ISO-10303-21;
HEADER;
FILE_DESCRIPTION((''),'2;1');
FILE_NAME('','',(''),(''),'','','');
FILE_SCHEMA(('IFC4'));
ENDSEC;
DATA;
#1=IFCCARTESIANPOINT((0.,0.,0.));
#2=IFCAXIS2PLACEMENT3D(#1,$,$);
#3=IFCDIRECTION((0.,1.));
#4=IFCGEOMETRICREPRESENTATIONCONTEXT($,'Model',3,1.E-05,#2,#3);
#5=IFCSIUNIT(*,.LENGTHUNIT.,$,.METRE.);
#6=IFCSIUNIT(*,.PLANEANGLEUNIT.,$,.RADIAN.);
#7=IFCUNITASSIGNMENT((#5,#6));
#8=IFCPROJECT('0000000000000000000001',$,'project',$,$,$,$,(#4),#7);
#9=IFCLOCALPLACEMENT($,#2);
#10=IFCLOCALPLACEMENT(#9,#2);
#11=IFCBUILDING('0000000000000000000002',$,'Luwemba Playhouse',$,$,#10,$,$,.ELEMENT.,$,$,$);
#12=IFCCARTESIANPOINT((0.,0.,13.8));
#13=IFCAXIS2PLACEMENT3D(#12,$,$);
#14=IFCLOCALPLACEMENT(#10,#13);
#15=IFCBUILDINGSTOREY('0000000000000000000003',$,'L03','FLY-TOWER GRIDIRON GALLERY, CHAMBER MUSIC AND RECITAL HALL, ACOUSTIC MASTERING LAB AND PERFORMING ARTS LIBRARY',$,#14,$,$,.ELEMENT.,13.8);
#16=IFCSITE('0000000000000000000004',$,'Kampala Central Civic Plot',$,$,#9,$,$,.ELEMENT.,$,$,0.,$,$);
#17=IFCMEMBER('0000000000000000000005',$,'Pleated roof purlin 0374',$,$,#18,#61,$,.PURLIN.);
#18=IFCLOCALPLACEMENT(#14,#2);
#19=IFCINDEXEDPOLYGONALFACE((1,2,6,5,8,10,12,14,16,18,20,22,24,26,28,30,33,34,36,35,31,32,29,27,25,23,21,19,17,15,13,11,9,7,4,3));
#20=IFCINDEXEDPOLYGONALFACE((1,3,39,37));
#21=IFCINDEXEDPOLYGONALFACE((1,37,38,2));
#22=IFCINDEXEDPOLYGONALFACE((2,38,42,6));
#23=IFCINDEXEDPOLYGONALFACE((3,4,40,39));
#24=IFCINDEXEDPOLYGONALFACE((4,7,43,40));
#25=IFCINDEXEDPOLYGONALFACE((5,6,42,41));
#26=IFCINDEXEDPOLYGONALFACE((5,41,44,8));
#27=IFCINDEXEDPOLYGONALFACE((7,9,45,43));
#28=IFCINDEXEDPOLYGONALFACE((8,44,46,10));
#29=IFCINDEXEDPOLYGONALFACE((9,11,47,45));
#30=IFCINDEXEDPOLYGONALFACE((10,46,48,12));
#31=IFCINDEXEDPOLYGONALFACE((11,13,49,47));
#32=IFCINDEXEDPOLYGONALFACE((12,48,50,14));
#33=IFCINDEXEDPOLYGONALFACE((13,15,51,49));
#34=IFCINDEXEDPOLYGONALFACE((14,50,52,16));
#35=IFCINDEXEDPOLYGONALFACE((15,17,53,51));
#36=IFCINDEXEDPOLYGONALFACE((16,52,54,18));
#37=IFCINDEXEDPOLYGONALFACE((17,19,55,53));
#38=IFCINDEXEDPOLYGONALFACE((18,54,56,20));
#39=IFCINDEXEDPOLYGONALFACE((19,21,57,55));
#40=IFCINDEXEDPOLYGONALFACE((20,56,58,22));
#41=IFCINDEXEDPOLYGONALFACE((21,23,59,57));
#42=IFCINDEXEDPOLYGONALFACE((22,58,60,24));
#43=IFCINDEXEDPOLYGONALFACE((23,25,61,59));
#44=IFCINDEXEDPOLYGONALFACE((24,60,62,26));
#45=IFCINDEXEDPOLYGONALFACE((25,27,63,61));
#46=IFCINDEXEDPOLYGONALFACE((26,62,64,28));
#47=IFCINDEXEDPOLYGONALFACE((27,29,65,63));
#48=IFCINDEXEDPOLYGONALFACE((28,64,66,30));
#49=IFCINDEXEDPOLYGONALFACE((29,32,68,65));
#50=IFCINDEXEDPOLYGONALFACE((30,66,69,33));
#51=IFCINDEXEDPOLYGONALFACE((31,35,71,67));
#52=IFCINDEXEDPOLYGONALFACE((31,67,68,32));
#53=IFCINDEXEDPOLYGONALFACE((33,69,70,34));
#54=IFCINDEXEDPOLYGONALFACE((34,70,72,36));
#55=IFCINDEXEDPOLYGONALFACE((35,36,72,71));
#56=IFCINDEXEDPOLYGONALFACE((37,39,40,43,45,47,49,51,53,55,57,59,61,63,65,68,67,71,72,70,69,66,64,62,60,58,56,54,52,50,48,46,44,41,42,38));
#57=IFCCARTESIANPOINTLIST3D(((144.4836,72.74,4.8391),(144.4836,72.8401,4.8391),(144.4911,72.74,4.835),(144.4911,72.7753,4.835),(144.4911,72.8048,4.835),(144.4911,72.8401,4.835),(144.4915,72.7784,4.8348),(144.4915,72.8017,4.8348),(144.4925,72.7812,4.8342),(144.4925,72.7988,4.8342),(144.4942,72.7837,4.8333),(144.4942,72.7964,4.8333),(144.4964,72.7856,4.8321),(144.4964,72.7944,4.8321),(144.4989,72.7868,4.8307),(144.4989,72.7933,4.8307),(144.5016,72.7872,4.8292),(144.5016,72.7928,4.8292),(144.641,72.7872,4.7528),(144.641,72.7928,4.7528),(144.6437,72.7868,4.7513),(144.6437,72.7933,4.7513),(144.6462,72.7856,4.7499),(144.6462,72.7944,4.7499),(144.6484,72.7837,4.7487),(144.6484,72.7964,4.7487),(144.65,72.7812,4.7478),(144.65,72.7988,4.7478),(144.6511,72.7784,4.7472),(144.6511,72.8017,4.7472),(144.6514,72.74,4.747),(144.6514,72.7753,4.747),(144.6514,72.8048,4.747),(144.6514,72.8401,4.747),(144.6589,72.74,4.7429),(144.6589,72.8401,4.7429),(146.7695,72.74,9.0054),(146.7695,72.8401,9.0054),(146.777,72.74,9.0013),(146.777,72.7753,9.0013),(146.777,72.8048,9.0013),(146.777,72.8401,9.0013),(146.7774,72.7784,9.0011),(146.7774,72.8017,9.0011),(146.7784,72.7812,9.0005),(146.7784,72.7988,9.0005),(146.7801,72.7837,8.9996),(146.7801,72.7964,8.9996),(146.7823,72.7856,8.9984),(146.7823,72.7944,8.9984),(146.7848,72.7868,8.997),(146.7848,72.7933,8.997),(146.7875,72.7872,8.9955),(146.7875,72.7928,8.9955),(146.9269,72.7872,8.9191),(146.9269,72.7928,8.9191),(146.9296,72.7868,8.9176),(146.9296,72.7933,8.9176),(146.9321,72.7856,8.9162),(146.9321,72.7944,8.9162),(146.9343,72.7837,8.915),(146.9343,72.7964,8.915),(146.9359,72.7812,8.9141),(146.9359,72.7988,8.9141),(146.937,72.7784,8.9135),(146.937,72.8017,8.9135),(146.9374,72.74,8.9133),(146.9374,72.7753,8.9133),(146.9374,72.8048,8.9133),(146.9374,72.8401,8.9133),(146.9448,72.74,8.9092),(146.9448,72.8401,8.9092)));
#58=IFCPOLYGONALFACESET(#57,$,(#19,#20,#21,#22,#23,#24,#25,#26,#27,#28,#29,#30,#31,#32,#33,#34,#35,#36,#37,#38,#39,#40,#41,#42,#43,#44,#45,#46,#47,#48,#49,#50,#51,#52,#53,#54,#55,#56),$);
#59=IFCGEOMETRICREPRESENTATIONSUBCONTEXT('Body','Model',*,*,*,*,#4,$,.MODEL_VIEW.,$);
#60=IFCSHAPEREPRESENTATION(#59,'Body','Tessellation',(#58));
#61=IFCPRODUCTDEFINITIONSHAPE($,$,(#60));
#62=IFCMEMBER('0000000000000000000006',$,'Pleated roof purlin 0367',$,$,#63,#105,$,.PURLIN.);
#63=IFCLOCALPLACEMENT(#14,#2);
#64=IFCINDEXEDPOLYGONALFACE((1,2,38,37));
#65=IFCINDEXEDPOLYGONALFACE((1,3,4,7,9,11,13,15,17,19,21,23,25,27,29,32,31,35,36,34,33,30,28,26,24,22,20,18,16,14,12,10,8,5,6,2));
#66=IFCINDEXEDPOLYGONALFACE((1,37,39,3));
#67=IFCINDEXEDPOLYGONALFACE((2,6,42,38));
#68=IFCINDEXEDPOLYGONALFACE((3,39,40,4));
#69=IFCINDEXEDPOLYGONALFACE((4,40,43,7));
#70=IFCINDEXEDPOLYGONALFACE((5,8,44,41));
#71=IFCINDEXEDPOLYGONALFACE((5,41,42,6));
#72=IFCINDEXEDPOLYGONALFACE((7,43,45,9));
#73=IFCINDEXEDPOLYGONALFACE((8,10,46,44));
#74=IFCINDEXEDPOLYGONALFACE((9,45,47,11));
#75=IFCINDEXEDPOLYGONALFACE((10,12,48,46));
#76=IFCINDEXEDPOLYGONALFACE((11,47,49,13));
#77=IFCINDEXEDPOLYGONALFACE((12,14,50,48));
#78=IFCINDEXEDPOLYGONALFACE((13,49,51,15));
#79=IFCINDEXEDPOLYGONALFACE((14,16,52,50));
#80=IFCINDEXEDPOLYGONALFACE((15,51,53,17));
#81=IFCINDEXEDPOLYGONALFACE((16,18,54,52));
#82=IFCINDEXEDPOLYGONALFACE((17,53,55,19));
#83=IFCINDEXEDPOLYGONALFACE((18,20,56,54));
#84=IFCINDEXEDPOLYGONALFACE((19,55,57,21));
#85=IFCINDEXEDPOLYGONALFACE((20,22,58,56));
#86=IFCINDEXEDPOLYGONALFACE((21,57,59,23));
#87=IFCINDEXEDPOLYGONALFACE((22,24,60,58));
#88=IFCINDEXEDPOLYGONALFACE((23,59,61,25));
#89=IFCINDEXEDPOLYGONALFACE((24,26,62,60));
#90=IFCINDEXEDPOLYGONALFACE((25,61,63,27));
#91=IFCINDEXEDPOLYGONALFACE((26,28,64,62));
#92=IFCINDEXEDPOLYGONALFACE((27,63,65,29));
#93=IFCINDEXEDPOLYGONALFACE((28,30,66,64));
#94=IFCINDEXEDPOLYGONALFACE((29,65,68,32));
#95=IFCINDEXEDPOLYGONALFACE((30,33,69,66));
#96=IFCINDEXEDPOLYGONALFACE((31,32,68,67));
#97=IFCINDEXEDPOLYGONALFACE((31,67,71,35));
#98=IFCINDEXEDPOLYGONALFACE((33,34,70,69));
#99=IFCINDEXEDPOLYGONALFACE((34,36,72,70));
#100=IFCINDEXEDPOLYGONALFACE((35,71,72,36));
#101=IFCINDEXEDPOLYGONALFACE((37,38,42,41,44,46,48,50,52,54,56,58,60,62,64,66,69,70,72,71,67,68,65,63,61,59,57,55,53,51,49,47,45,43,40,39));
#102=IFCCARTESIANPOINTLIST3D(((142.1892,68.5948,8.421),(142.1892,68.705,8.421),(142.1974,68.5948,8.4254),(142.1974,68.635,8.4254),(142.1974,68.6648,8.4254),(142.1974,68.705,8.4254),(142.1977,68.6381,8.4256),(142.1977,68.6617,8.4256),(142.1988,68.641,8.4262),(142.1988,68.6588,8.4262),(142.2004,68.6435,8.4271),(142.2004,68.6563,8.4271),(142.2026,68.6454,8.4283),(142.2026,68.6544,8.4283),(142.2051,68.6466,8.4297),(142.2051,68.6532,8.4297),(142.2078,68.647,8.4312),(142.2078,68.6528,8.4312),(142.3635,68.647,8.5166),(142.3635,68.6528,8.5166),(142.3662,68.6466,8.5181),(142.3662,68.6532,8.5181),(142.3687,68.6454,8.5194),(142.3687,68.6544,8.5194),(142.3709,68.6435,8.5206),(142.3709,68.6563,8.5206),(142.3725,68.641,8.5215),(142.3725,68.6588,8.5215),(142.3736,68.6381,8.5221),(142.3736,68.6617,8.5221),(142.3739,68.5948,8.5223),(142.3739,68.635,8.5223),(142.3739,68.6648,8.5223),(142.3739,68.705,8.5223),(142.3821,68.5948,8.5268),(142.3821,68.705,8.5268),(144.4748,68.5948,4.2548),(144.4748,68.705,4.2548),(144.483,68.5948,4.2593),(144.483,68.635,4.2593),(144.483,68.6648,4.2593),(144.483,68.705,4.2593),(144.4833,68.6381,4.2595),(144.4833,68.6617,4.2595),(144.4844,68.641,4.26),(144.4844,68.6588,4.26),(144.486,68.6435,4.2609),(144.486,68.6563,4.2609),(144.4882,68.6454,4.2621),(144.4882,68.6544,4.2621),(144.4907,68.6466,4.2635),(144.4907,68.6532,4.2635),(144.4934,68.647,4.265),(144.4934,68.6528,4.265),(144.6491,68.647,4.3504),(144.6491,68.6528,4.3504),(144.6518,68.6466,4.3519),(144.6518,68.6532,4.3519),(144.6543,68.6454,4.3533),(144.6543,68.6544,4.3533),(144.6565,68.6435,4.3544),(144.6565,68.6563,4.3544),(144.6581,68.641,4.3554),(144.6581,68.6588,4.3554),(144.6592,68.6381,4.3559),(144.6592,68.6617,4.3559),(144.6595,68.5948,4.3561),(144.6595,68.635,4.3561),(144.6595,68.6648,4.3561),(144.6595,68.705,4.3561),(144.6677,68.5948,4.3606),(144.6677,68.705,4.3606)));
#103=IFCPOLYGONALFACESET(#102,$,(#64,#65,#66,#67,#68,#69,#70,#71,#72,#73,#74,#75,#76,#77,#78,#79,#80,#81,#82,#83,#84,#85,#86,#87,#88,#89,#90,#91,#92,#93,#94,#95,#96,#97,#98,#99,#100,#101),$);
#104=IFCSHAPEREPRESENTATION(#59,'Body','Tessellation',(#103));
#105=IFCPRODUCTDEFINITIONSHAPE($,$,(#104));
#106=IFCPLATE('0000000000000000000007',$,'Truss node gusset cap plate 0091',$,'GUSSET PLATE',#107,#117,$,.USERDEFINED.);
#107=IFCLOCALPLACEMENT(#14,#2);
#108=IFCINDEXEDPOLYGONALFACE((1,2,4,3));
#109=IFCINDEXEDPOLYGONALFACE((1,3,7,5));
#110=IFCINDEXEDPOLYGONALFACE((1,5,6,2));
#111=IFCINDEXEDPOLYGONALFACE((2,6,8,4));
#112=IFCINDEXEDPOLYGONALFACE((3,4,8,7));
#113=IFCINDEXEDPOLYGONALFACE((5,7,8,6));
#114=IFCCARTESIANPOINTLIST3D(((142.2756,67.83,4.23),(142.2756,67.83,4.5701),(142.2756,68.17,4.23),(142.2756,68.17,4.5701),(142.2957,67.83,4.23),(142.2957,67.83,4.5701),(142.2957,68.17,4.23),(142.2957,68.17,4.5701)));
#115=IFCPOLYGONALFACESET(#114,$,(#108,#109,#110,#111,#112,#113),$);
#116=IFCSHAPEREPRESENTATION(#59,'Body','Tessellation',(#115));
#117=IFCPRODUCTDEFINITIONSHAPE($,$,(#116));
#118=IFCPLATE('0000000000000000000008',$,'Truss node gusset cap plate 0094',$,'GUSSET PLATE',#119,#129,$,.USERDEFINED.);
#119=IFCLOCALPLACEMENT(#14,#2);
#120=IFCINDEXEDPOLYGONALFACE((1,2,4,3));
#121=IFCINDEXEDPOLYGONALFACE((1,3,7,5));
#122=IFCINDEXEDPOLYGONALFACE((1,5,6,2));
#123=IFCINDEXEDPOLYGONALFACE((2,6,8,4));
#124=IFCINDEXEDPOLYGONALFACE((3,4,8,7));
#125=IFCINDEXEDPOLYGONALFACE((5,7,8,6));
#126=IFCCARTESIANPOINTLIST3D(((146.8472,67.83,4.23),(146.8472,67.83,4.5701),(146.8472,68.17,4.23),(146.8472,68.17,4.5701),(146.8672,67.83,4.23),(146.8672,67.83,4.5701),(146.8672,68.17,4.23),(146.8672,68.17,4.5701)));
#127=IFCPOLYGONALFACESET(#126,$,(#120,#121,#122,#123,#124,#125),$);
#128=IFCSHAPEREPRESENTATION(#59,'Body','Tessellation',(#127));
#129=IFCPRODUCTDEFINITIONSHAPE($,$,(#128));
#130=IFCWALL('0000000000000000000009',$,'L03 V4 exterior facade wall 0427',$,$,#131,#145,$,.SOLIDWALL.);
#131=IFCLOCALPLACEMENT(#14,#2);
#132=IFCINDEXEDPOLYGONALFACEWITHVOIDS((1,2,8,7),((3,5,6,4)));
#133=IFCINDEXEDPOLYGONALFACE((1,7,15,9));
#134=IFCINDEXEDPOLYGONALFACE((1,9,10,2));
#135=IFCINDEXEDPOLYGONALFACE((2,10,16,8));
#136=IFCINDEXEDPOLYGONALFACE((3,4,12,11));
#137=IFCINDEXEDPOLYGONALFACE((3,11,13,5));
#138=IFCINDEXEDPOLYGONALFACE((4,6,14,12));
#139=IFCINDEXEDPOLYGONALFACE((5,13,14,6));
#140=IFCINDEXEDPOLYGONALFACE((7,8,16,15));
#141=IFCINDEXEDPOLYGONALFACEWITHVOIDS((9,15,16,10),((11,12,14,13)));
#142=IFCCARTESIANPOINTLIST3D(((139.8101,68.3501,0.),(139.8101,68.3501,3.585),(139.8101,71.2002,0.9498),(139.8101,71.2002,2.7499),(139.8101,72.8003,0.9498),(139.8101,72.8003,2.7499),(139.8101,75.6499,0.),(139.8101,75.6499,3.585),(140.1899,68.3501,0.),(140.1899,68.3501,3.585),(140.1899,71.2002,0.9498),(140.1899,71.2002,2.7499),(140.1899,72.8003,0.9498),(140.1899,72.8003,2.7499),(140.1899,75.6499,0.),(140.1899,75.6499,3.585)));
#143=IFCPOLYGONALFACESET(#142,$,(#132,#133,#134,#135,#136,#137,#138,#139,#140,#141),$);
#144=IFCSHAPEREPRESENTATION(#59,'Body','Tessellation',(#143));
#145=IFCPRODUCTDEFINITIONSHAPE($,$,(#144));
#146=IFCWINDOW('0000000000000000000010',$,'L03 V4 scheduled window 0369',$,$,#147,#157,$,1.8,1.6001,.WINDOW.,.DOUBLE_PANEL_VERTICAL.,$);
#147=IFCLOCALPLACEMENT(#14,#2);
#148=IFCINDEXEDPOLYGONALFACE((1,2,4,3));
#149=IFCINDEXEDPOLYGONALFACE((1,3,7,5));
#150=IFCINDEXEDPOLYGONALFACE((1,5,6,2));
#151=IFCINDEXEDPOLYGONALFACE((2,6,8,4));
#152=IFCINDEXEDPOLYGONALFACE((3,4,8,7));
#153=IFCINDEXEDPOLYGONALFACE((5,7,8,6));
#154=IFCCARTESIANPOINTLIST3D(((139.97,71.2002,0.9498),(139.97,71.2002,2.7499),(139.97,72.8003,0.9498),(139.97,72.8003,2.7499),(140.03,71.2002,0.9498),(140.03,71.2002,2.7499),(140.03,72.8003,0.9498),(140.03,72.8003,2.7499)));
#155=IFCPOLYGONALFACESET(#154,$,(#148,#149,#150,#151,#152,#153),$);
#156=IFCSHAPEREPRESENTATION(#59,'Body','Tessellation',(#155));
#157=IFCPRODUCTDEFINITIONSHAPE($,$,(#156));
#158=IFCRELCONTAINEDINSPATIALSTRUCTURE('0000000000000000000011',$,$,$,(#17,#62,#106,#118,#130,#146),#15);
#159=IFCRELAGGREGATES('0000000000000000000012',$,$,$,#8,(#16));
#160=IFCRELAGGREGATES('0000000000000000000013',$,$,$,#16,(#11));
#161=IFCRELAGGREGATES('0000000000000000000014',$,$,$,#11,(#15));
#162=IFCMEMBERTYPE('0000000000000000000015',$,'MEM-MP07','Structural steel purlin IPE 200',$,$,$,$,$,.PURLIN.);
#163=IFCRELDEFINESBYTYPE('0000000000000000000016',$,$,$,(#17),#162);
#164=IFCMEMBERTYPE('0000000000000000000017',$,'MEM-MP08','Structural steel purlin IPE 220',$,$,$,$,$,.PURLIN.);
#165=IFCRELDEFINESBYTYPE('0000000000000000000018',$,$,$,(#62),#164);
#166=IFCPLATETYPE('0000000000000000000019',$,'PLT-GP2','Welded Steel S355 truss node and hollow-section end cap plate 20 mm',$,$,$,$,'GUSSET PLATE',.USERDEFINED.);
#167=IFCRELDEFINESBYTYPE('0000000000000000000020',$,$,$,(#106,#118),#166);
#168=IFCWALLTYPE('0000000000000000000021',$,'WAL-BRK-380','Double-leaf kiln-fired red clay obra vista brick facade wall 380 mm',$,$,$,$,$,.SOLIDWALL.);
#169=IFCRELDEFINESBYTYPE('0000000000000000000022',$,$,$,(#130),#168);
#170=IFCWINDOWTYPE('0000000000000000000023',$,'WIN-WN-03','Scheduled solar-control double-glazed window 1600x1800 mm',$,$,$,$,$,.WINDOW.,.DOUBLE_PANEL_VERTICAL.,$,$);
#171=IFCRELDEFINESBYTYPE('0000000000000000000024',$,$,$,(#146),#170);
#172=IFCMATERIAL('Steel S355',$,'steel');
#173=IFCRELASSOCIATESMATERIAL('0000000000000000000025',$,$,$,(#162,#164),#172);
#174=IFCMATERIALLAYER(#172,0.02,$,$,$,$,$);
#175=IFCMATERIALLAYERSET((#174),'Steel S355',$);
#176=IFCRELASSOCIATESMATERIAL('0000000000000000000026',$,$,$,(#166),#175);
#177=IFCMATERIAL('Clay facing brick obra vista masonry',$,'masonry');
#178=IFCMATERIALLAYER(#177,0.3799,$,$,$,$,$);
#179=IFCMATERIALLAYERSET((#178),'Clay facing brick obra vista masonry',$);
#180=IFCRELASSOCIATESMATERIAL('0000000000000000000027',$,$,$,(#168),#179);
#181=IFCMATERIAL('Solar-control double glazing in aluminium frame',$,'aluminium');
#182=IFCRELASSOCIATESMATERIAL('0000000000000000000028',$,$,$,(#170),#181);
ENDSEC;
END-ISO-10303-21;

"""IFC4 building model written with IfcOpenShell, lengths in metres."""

from ifc_helpers import new_model, si_unit, direction, frame, frame_2d, origin, origin_2d, place, context, subcontext, project, spatial, rectangle, i_section, extrude, material, layer, layer_set, material_profile, profile_set, type_object, element, fill, save


model = new_model("IFC4")

# Units and contexts
model_context = context("Model", 3, precision=1e-05, world=origin(), true_north=direction((0.0, 1.0)))
body_context = subcontext(model_context, "Body", "Model", "MODEL_VIEW")
ifc_project = project(units=[si_unit("LENGTHUNIT", "METRE"), si_unit("PLANEANGLEUNIT", "RADIAN")], contexts=[model_context])

# Site, building, storey
site_placement = place(None, origin())
site = spatial("IfcSite", under=ifc_project, at=site_placement, Name="Kampala Central Civic Plot", CompositionType="ELEMENT", RefElevation=0.0)
building_placement = place(site_placement, origin())
building = spatial("IfcBuilding", under=site, at=building_placement, Name="Luwemba Playhouse", CompositionType="ELEMENT")
storey_placement = place(building_placement, frame((0.0, 0.0, 13.8)))
storey = spatial("IfcBuildingStorey", under=building, at=storey_placement, Name="L03", Description="FLY-TOWER GRIDIRON GALLERY, CHAMBER MUSIC AND RECITAL HALL, ACOUSTIC MASTERING LAB AND PERFORMING ARTS LIBRARY", CompositionType="ELEMENT", Elevation=13.8)

# Shared definitions
ifc_material_1 = material(Name="Steel S355", Category="steel")

# Members
ifc_material_profile_1 = material_profile(ifc_material_1, i_section(OverallWidth=0.1001, OverallDepth=0.2, WebThickness=0.0056, FlangeThickness=0.0085, FilletRadius=0.012, at=origin_2d()))
ifc_profile_set_1 = profile_set([ifc_material_profile_1], Name="Steel S355")
member_type_1 = type_object("IfcMemberType", Name="MEM-MP07", Description="Structural steel purlin IPE 200", PredefinedType="PURLIN", material=ifc_profile_set_1)
member_1_placement = place(storey_placement, frame((144.5713, 72.79, 4.791), z_axis=(0.481021, 0.0, 0.876709), x_axis=(0.0, 1.0, 0.0)))
element("IfcMember", 1, at=member_1_placement, inside=storey, type_object=member_type_1, Name="Pleated roof purlin 0374", PredefinedType="PURLIN", context=body_context, shape_type="SweptSolid", body=[
    extrude(i_section(OverallWidth=0.1001, OverallDepth=0.2, WebThickness=0.0056, FlangeThickness=0.0085, FilletRadius=0.012, at=origin_2d()), origin(), (0.0, 0.0, 1.0), 4.7522),
])
ifc_material_profile_2 = material_profile(ifc_material_1, i_section(OverallWidth=0.1101, OverallDepth=0.22, WebThickness=0.0059, FlangeThickness=0.0093, FilletRadius=0.012, at=origin_2d()))
ifc_profile_set_2 = profile_set([ifc_material_profile_2], Name="Steel S355")
member_type_2 = type_object("IfcMemberType", Name="MEM-MP08", Description="Structural steel purlin IPE 220", PredefinedType="PURLIN", material=ifc_profile_set_2)
member_2_placement = place(storey_placement, frame((142.2856, 68.6499, 8.4739), z_axis=(0.480982, 0.0, -0.876731), x_axis=(0.0, 1.0, 0.0)))
element("IfcMember", 2, at=member_2_placement, inside=storey, type_object=member_type_2, Name="Pleated roof purlin 0367", PredefinedType="PURLIN", context=body_context, shape_type="SweptSolid", body=[
    extrude(i_section(OverallWidth=0.1101, OverallDepth=0.22, WebThickness=0.0059, FlangeThickness=0.0093, FilletRadius=0.012, at=origin_2d()), origin(), (0.0, 0.0, 1.0), 4.752),
])

# Plates
ifc_layer_1 = layer(ifc_material_1, 0.02)
ifc_layer_set_1 = layer_set([ifc_layer_1], Name="Steel S355")
plate_type = type_object("IfcPlateType", Name="PLT-GP2", Description="Welded Steel S355 truss node and hollow-section end cap plate 20 mm", ElementType="GUSSET PLATE", PredefinedType="USERDEFINED", material=ifc_layer_set_1)
for number, where, z_axis, x_axis, name in (
    (3, (142.2856, 68.0, 4.23), (0.0, 0.0, 1.0), (1.0, 0.0, 0.0), "Truss node gusset cap plate 0091"),
    (4, (146.8572, 68.0, 4.23), (0.0, 0.0, 1.0), (1.0, 0.0, 0.0), "Truss node gusset cap plate 0094"),
):
    element("IfcPlate", number, at=place(storey_placement, frame(where, z_axis=z_axis, x_axis=x_axis)), inside=storey, type_object=plate_type, Name=name, ObjectType="GUSSET PLATE", PredefinedType="USERDEFINED", context=body_context, shape_type="SweptSolid", body=[
        extrude(rectangle(XDim=0.02, YDim=0.3401, at=origin_2d()), origin(), (0.0, 0.0, 1.0), 0.3401),
    ])

# Wall, opening, window
ifc_material_2 = material(Name="Clay facing brick obra vista masonry", Category="masonry")
ifc_layer_2 = layer(ifc_material_2, 0.3799)
ifc_layer_set_2 = layer_set([ifc_layer_2], Name="Clay facing brick obra vista masonry")
wall_type_1 = type_object("IfcWallType", Name="WAL-BRK-380", Description="Double-leaf kiln-fired red clay obra vista brick facade wall 380 mm", PredefinedType="SOLIDWALL", material=ifc_layer_set_2)
wall_1_placement = place(storey_placement, frame((140.0, 68.3501, 0.0), z_axis=(0.0, 0.0, 1.0), x_axis=(0.0, 1.0, 0.0)))
wall_1 = element("IfcWall", 5, at=wall_1_placement, inside=storey, type_object=wall_type_1, Name="L03 V4 exterior facade wall 0427", PredefinedType="SOLIDWALL", context=body_context, shape_type="SweptSolid", body=[
    extrude(rectangle(XDim=7.2998, YDim=0.3799, at=frame_2d((3.6499, 0.0))), origin(), (0.0, 0.0, 1.0), 3.585),
])
opening_1_placement = place(wall_1_placement, frame((2.8501, 0.0, 0.95)))
opening_1 = element("IfcOpeningElement", 6, at=opening_1_placement, cuts=wall_1, PredefinedType="OPENING", context=body_context, shape_type="SweptSolid", body=[
    extrude(rectangle(XDim=1.6001, YDim=1.8, at=frame_2d((0.8, 0.8999))), frame((0.0, 0.2, 0.0), z_axis=(0.0, -1.0, 0.0), x_axis=(1.0, 0.0, 0.0)), (0.0, 0.0, 1.0), 0.3999),
])
ifc_material_3 = material(Name="Solar-control double glazing in aluminium frame", Category="aluminium")
window_type_1 = type_object("IfcWindowType", Name="WIN-WN-03", Description="Scheduled solar-control double-glazed window 1600x1800 mm", PartitioningType="DOUBLE_PANEL_VERTICAL", PredefinedType="WINDOW", material=ifc_material_3)
window_1_placement = place(opening_1_placement, origin())
window_1 = element("IfcWindow", 7, at=window_1_placement, inside=storey, type_object=window_type_1, Name="L03 V4 scheduled window 0369", OverallHeight=1.8, OverallWidth=1.6001, PartitioningType="DOUBLE_PANEL_VERTICAL", PredefinedType="WINDOW", context=body_context, shape_type="SweptSolid", body=[
    extrude(rectangle(XDim=1.6001, YDim=1.8, at=frame_2d((0.8, 0.8999))), frame((0.0, 0.03, 0.0), z_axis=(0.0, -1.0, 0.0), x_axis=(1.0, 0.0, 0.0)), (0.0, 0.0, 1.0), 0.0601),
])
fill(opening_1, window_1)

save(model, "model.ifc")
